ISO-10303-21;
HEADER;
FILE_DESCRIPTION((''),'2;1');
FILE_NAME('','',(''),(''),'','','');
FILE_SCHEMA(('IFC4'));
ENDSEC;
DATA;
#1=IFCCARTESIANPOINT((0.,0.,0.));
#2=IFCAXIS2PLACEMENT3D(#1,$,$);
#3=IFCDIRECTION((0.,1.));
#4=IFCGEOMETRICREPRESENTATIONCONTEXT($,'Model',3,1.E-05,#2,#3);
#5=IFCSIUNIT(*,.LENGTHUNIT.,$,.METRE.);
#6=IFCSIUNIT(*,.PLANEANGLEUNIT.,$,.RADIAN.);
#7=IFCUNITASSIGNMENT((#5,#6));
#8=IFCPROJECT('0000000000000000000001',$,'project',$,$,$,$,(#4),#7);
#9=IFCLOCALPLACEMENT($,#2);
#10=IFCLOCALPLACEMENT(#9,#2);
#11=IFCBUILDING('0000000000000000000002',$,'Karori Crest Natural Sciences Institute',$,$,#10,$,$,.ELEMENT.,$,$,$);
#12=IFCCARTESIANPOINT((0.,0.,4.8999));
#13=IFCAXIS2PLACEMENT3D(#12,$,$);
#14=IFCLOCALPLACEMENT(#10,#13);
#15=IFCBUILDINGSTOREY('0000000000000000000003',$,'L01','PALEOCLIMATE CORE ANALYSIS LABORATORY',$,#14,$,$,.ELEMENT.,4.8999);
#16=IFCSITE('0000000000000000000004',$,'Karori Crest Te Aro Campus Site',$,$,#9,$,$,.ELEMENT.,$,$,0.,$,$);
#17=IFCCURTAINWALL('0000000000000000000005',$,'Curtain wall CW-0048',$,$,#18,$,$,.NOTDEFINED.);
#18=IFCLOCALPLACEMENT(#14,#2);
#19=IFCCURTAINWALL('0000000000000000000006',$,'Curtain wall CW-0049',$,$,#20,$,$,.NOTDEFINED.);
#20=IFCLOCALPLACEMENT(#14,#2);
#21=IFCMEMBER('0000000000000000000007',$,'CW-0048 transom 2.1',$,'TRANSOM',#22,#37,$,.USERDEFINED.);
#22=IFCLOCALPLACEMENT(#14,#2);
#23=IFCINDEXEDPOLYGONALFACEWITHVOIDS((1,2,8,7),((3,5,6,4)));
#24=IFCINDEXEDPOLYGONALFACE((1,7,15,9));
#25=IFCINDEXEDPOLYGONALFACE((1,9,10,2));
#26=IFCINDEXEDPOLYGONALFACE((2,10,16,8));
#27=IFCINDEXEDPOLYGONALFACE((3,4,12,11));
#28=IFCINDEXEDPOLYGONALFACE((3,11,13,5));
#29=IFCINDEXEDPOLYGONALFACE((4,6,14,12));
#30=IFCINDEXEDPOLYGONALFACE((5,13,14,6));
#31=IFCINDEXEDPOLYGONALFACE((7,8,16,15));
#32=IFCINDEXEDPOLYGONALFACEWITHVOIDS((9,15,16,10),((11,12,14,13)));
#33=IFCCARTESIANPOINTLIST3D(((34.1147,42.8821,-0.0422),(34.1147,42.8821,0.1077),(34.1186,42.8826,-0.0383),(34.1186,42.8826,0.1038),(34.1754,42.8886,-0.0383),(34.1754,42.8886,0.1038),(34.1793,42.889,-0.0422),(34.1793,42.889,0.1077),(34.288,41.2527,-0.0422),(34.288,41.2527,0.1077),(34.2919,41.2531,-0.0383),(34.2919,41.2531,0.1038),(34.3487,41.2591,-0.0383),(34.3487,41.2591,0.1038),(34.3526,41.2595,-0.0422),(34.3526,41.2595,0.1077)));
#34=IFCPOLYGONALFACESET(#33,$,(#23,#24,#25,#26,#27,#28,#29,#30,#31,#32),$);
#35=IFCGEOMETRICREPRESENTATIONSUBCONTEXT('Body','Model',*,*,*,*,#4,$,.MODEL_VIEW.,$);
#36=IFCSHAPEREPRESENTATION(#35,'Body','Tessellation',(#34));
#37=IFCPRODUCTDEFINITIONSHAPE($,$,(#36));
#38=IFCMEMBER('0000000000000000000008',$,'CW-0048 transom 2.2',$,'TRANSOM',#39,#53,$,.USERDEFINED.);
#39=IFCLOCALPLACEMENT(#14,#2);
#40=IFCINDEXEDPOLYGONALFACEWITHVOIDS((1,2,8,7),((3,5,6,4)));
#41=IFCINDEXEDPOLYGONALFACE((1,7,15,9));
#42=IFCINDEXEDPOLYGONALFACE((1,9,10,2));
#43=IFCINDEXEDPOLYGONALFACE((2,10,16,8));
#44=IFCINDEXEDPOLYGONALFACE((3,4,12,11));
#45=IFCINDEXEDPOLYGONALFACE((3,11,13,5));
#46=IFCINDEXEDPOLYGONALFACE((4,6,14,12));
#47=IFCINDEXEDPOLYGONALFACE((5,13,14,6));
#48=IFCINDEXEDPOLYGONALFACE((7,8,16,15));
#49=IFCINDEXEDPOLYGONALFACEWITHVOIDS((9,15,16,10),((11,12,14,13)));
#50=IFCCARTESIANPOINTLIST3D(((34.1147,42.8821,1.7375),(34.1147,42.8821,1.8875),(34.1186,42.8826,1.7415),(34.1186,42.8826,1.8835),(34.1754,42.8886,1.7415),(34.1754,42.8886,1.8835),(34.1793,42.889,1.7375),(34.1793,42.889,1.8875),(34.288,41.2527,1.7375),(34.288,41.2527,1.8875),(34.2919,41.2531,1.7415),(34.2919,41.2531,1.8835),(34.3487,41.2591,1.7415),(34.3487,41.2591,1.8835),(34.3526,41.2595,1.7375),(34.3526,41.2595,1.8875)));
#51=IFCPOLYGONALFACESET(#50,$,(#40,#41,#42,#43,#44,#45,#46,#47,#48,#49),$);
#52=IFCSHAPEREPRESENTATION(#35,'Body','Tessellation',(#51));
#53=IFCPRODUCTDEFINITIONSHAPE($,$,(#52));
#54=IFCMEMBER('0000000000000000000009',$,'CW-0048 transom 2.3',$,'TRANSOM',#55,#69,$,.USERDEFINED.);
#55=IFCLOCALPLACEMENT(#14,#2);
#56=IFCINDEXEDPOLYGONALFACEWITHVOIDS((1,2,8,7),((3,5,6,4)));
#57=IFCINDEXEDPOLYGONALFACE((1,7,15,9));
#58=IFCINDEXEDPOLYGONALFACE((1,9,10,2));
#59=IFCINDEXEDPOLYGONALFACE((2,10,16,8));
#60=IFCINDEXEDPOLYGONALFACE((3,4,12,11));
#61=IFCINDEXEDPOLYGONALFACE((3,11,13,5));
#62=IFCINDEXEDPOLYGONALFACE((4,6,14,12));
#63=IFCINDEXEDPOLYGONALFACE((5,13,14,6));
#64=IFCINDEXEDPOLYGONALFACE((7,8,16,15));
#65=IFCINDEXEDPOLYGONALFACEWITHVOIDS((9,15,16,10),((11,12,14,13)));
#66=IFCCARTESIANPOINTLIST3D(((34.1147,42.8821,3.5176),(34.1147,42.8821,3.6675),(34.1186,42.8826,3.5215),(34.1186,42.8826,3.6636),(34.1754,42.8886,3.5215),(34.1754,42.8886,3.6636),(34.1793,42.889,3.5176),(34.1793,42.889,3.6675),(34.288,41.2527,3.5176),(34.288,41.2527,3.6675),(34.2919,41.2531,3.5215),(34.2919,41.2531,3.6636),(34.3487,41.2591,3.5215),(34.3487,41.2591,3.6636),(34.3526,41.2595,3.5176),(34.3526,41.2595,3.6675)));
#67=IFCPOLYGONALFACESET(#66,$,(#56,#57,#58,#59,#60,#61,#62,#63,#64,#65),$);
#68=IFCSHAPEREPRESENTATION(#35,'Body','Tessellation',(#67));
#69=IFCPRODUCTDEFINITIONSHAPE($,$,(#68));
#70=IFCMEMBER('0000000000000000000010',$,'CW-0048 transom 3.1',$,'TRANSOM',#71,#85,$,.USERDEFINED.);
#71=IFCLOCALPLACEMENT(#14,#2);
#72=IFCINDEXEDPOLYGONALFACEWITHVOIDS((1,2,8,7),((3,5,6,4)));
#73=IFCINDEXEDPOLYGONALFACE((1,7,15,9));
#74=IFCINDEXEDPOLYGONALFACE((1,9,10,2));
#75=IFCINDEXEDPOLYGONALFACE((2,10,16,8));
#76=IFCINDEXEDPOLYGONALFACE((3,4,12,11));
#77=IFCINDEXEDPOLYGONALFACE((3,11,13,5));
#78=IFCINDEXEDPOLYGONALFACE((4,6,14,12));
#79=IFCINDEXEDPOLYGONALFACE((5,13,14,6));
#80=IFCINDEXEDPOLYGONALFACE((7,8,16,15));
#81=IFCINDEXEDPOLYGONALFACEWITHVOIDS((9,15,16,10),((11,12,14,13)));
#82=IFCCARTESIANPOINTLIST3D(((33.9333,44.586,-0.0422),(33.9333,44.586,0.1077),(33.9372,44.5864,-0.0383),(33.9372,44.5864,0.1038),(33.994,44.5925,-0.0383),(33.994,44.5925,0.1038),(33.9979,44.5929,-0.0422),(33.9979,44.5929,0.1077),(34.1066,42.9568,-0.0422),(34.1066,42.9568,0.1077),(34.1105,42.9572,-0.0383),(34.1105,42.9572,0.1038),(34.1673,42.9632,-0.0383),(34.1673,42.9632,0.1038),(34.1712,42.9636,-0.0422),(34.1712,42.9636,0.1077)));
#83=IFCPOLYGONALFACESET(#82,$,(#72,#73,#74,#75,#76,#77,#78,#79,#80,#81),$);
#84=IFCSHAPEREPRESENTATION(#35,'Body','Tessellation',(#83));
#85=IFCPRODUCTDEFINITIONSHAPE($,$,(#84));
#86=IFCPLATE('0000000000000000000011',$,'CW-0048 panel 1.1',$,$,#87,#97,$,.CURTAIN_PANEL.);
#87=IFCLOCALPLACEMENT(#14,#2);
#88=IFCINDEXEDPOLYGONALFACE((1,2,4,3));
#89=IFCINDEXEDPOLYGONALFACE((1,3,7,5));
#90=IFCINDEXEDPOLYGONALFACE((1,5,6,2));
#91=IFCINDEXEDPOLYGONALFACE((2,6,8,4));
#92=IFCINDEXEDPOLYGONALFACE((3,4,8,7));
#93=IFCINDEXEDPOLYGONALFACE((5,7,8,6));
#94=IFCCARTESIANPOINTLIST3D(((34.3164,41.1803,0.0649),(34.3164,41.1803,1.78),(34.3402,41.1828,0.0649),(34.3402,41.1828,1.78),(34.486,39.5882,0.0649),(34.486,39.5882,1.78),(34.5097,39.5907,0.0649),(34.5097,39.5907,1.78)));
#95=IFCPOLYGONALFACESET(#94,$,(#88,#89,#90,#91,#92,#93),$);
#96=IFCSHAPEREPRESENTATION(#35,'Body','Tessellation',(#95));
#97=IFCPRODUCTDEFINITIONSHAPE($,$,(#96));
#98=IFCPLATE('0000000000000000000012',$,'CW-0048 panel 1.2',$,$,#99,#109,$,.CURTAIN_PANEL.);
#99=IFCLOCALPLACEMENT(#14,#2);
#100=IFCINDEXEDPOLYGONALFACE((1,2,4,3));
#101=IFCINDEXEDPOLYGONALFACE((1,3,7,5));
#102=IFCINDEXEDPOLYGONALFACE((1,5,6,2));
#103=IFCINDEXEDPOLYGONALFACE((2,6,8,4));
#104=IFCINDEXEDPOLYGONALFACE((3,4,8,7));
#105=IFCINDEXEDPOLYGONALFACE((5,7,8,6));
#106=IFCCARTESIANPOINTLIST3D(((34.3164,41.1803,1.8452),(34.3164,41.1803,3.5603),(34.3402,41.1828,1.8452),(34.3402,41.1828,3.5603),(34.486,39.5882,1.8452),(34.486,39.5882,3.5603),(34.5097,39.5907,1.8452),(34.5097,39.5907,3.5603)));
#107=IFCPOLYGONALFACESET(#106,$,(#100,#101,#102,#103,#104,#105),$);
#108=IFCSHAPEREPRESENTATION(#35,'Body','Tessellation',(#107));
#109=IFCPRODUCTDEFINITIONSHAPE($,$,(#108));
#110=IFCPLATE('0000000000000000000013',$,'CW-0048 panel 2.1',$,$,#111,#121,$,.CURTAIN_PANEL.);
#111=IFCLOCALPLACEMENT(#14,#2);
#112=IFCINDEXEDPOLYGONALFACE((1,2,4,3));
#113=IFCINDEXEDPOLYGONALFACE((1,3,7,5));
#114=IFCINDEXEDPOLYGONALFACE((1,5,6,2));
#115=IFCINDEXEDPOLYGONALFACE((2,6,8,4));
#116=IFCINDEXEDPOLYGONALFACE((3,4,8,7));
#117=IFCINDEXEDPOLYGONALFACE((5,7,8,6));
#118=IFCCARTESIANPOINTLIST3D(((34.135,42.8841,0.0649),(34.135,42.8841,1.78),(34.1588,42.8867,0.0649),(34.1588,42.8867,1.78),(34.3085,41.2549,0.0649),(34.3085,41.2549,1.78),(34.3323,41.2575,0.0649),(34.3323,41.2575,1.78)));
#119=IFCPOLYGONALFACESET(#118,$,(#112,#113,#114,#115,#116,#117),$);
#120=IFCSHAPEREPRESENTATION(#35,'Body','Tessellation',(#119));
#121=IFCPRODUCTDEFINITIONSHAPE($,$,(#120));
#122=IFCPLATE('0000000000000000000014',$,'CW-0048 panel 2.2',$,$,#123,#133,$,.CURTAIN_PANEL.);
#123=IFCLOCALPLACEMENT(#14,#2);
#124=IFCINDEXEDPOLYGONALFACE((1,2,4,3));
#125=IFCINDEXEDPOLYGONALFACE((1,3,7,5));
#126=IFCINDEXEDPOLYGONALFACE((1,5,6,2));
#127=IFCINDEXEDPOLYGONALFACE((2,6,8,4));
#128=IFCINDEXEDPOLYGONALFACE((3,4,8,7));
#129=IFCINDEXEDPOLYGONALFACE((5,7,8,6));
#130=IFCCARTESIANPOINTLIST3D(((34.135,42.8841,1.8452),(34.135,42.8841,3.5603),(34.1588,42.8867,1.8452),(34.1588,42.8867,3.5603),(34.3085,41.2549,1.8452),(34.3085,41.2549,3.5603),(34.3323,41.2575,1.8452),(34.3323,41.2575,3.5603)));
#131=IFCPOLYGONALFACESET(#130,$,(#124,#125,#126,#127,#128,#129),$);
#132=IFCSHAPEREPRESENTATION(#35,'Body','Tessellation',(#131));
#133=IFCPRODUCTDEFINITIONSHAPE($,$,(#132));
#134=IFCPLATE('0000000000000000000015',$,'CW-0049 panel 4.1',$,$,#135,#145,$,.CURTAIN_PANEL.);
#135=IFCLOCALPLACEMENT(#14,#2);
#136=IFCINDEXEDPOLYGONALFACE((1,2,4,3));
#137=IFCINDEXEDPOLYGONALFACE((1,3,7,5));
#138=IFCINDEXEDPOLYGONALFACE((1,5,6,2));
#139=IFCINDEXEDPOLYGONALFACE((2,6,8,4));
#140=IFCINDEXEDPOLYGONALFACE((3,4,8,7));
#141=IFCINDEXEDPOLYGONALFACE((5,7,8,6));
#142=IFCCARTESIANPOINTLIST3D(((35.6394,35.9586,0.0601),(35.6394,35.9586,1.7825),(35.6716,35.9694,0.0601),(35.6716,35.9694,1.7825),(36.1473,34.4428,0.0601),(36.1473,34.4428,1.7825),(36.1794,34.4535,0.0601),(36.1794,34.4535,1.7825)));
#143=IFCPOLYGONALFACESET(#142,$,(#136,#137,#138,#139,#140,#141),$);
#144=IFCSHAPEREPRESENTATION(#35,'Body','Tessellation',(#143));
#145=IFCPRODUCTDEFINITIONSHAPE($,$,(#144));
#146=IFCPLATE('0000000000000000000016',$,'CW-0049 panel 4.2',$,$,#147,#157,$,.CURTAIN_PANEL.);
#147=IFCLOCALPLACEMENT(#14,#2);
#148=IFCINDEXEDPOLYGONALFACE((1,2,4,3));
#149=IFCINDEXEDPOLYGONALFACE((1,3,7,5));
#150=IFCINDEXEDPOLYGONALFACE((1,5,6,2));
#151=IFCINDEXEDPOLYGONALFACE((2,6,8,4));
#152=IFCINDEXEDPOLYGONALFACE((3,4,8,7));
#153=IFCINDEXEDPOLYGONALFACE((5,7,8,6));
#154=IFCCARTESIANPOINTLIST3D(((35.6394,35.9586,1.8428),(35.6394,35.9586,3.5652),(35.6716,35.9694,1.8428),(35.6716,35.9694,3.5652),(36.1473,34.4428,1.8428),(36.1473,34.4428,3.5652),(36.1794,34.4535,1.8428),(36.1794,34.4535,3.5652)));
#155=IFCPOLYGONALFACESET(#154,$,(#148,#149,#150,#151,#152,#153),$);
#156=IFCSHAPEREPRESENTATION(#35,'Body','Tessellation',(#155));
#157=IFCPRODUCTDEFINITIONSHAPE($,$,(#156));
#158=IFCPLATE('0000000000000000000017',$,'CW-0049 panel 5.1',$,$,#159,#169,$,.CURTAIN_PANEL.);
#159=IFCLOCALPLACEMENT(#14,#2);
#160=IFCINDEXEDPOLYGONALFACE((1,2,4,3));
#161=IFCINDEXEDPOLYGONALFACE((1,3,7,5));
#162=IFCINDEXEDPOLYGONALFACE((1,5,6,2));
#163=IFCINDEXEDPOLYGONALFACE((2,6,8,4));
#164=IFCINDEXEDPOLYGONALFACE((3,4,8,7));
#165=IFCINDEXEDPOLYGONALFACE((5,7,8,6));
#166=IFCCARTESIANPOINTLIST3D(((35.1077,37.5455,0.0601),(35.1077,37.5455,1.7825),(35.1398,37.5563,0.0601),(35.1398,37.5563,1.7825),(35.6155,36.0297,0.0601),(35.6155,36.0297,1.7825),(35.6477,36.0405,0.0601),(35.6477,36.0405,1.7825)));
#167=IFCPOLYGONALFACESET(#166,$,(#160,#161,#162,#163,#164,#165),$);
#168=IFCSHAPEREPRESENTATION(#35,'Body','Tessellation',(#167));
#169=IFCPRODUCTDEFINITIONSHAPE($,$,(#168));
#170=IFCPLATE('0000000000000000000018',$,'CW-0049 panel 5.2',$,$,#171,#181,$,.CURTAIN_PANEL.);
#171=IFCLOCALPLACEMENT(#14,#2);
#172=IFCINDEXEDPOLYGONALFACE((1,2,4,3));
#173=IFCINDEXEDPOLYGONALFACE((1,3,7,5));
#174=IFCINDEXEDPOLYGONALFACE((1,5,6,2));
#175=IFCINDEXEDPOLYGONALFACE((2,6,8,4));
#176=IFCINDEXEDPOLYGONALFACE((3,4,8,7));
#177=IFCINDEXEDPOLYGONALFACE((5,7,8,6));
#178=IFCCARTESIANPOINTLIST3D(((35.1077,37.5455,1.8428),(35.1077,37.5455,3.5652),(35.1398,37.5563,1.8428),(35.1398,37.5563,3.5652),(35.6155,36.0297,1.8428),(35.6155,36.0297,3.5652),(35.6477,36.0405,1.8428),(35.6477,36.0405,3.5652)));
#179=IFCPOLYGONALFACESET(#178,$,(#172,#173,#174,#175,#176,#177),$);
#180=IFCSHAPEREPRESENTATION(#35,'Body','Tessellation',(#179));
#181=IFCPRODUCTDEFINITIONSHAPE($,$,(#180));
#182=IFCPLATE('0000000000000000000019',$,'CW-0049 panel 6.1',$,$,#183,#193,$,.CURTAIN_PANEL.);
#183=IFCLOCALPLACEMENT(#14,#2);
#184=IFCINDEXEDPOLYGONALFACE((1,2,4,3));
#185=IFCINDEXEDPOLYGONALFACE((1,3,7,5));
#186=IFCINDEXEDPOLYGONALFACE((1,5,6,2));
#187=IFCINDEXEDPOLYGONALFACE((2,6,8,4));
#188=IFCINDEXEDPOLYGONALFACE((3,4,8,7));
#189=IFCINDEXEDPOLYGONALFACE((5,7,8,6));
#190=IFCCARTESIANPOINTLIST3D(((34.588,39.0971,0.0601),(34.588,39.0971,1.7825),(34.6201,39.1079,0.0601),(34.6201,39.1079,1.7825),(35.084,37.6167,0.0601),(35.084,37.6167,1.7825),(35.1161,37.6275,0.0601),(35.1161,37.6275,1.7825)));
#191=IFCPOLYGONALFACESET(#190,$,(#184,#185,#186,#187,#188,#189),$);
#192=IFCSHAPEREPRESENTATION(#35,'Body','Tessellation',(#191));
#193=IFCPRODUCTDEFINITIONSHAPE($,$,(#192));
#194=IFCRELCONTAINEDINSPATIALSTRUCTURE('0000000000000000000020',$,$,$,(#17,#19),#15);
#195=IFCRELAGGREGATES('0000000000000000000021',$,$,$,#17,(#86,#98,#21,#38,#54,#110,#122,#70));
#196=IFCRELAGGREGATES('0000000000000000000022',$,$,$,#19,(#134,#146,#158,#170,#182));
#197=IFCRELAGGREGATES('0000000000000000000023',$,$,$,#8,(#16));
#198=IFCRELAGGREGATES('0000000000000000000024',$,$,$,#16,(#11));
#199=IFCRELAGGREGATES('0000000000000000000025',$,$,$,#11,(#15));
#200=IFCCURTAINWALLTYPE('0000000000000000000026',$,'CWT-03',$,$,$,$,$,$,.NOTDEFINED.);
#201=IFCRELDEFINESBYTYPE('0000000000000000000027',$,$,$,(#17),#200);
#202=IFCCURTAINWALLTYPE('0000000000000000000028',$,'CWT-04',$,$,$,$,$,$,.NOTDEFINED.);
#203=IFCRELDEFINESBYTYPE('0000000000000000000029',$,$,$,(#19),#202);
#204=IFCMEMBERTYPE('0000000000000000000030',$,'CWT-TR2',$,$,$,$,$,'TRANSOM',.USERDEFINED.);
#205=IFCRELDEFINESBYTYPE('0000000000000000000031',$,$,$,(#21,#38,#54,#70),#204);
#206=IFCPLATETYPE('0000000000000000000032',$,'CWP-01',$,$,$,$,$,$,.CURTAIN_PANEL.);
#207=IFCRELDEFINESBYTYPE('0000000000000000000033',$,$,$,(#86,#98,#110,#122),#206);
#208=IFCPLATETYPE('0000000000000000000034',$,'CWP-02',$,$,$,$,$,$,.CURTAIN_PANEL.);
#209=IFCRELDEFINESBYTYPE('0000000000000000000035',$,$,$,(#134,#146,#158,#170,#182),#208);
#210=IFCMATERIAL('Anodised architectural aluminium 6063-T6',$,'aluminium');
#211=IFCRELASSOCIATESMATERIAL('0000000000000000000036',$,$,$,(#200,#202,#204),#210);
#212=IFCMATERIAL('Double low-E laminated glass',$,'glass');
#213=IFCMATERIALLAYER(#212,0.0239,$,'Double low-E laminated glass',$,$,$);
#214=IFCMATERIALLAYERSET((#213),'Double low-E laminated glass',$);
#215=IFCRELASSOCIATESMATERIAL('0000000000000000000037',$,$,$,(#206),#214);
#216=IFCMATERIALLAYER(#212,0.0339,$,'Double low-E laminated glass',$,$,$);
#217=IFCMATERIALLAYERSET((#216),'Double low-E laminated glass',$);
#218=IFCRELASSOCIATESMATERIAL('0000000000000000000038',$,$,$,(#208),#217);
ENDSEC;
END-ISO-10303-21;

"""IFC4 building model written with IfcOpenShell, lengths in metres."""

from ifc_helpers import new_model, si_unit, direction, frame, origin, origin_2d, place, context, subcontext, project, spatial, rectangle, hollow_rectangle, extrude, material, layer, layer_set, material_profile, profile_set, type_object, element, aggregate, save


model = new_model("IFC4")

# Units and contexts
model_context = context("Model", 3, precision=1e-05, world=origin(), true_north=direction((0.0, 1.0)))
body_context = subcontext(model_context, "Body", "Model", "MODEL_VIEW")
ifc_project = project(units=[si_unit("LENGTHUNIT", "METRE"), si_unit("PLANEANGLEUNIT", "RADIAN")], contexts=[model_context])

# Site, building, storey
site_placement = place(None, origin())
site = spatial("IfcSite", under=ifc_project, at=site_placement, Name="Karori Crest Te Aro Campus Site", CompositionType="ELEMENT", RefElevation=0.0)
building_placement = place(site_placement, origin())
building = spatial("IfcBuilding", under=site, at=building_placement, Name="Karori Crest Natural Sciences Institute", CompositionType="ELEMENT")
storey_placement = place(building_placement, frame((0.0, 0.0, 4.8999)))
storey = spatial("IfcBuildingStorey", under=building, at=storey_placement, Name="L01", Description="PALEOCLIMATE CORE ANALYSIS LABORATORY", CompositionType="ELEMENT", Elevation=4.8999)

# Curtain walls
ifc_material_1 = material(Name="Anodised architectural aluminium 6063-T6", Category="aluminium")
curtain_wall_type_1 = type_object("IfcCurtainWallType", Name="CWT-03", PredefinedType="NOTDEFINED", material=ifc_material_1)
curtain_wall_1_placement = place(storey_placement, origin())
curtain_wall_1 = element("IfcCurtainWall", 1, at=curtain_wall_1_placement, inside=storey, type_object=curtain_wall_type_1, Name="Curtain wall CW-0048", PredefinedType="NOTDEFINED")
curtain_wall_type_2 = type_object("IfcCurtainWallType", Name="CWT-04", PredefinedType="NOTDEFINED", material=ifc_material_1)
curtain_wall_2_placement = place(storey_placement, origin())
curtain_wall_2 = element("IfcCurtainWall", 2, at=curtain_wall_2_placement, inside=storey, type_object=curtain_wall_type_2, Name="Curtain wall CW-0049", PredefinedType="NOTDEFINED")

# Members
ifc_material_profile_1 = material_profile(ifc_material_1, hollow_rectangle(XDim=0.0649, YDim=0.1499, WallThickness=0.0039, at=origin_2d()), Name="CWT150x65x4")
ifc_profile_set_1 = profile_set([ifc_material_profile_1], Name="Anodised architectural aluminium 6063-T6")
member_type_1 = type_object("IfcMemberType", Name="CWT-TR2", ElementType="TRANSOM", PredefinedType="USERDEFINED", material=ifc_profile_set_1)
member_1_placement = place(storey_placement, frame((34.3203, 41.2561, 0.0327), z_axis=(-0.105786, 0.994389, 0.0), x_axis=(-0.994389, -0.105786, 0.0)))
member_1 = element("IfcMember", 3, at=member_1_placement, type_object=member_type_1, Name="CW-0048 transom 2.1", ObjectType="TRANSOM", PredefinedType="USERDEFINED", context=body_context, shape_type="SweptSolid", body=[
    extrude(hollow_rectangle(XDim=0.0649, YDim=0.1499, WallThickness=0.0039, at=origin_2d()), origin(), (0.0, 0.0, 1.0), 1.6387),
])
member_2_placement = place(storey_placement, frame((34.3203, 41.2561, 1.8125), z_axis=(-0.105786, 0.994389, 0.0), x_axis=(-0.994389, -0.105786, 0.0)))
member_2 = element("IfcMember", 4, at=member_2_placement, type_object=member_type_1, Name="CW-0048 transom 2.2", ObjectType="TRANSOM", PredefinedType="USERDEFINED", context=body_context, shape_type="SweptSolid", body=[
    extrude(hollow_rectangle(XDim=0.0649, YDim=0.1499, WallThickness=0.0039, at=origin_2d()), origin(), (0.0, 0.0, 1.0), 1.6387),
])
member_3_placement = place(storey_placement, frame((34.3203, 41.2561, 3.5925), z_axis=(-0.105786, 0.994389, 0.0), x_axis=(-0.994389, -0.105786, 0.0)))
member_3 = element("IfcMember", 5, at=member_3_placement, type_object=member_type_1, Name="CW-0048 transom 2.3", ObjectType="TRANSOM", PredefinedType="USERDEFINED", context=body_context, shape_type="SweptSolid", body=[
    extrude(hollow_rectangle(XDim=0.0649, YDim=0.1499, WallThickness=0.0039, at=origin_2d()), origin(), (0.0, 0.0, 1.0), 1.6387),
])
member_4_placement = place(storey_placement, frame((34.1389, 42.9602, 0.0327), z_axis=(-0.105802, 0.994387, 0.0), x_axis=(-0.994387, -0.105802, 0.0)))
member_4 = element("IfcMember", 6, at=member_4_placement, type_object=member_type_1, Name="CW-0048 transom 3.1", ObjectType="TRANSOM", PredefinedType="USERDEFINED", context=body_context, shape_type="SweptSolid", body=[
    extrude(hollow_rectangle(XDim=0.0649, YDim=0.1499, WallThickness=0.0039, at=origin_2d()), origin(), (0.0, 0.0, 1.0), 1.6384),
])

# Plates
ifc_material_2 = material(Name="Double low-E laminated glass", Category="glass")
ifc_layer_1 = layer(ifc_material_2, 0.0239, Name="Double low-E laminated glass")
ifc_layer_set_1 = layer_set([ifc_layer_1], Name="Double low-E laminated glass")
plate_type_1 = type_object("IfcPlateType", Name="CWP-01", PredefinedType="CURTAIN_PANEL", material=ifc_layer_set_1)
plate_1_placement = place(storey_placement, frame((34.4131, 40.3855, 0.0649), z_axis=(0.0, 0.0, 1.0), x_axis=(-0.105882, 0.994379, 0.0)))
plate_1 = element("IfcPlate", 7, at=plate_1_placement, type_object=plate_type_1, Name="CW-0048 panel 1.1", PredefinedType="CURTAIN_PANEL", context=body_context, shape_type="SweptSolid", body=[
    extrude(rectangle(XDim=1.6011, YDim=0.0239, at=origin_2d()), origin(), (0.0, 0.0, 1.0), 1.7151),
])
plate_2_placement = place(storey_placement, frame((34.4131, 40.3855, 1.8452), z_axis=(0.0, 0.0, 1.0), x_axis=(-0.105882, 0.994379, 0.0)))
plate_2 = element("IfcPlate", 8, at=plate_2_placement, type_object=plate_type_1, Name="CW-0048 panel 1.2", PredefinedType="CURTAIN_PANEL", context=body_context, shape_type="SweptSolid", body=[
    extrude(rectangle(XDim=1.6011, YDim=0.0239, at=origin_2d()), origin(), (0.0, 0.0, 1.0), 1.7151),
])
plate_3_placement = place(storey_placement, frame((34.2336, 42.0708, 0.0649), z_axis=(0.0, 0.0, 1.0), x_axis=(-0.105882, 0.994379, 0.0)))
plate_3 = element("IfcPlate", 9, at=plate_3_placement, type_object=plate_type_1, Name="CW-0048 panel 2.1", PredefinedType="CURTAIN_PANEL", context=body_context, shape_type="SweptSolid", body=[
    extrude(rectangle(XDim=1.6384, YDim=0.0239, at=origin_2d()), origin(), (0.0, 0.0, 1.0), 1.7151),
])
plate_4_placement = place(storey_placement, frame((34.2336, 42.0708, 1.8452), z_axis=(0.0, 0.0, 1.0), x_axis=(-0.105882, 0.994379, 0.0)))
plate_4 = element("IfcPlate", 10, at=plate_4_placement, type_object=plate_type_1, Name="CW-0048 panel 2.2", PredefinedType="CURTAIN_PANEL", context=body_context, shape_type="SweptSolid", body=[
    extrude(rectangle(XDim=1.6384, YDim=0.0239, at=origin_2d()), origin(), (0.0, 0.0, 1.0), 1.7151),
])
aggregate(curtain_wall_1, [plate_1, plate_2, member_1, member_2, member_3, plate_3, plate_4, member_4])
ifc_layer_2 = layer(ifc_material_2, 0.0339, Name="Double low-E laminated glass")
ifc_layer_set_2 = layer_set([ifc_layer_2], Name="Double low-E laminated glass")
plate_type_2 = type_object("IfcPlateType", Name="CWP-02", PredefinedType="CURTAIN_PANEL", material=ifc_layer_set_2)
plate_5_placement = place(storey_placement, frame((35.9094, 35.2061, 0.0601), z_axis=(0.0, 0.0, 1.0), x_axis=(-0.317685, 0.948196, 0.0)))
plate_5 = element("IfcPlate", 11, at=plate_5_placement, type_object=plate_type_2, Name="CW-0049 panel 4.1", PredefinedType="CURTAIN_PANEL", context=body_context, shape_type="SweptSolid", body=[
    extrude(rectangle(XDim=1.5986, YDim=0.0339, at=origin_2d()), origin(), (0.0, 0.0, 1.0), 1.7224),
])
plate_6_placement = place(storey_placement, frame((35.9094, 35.2061, 1.8428), z_axis=(0.0, 0.0, 1.0), x_axis=(-0.317685, 0.948196, 0.0)))
plate_6 = element("IfcPlate", 12, at=plate_6_placement, type_object=plate_type_2, Name="CW-0049 panel 4.2", PredefinedType="CURTAIN_PANEL", context=body_context, shape_type="SweptSolid", body=[
    extrude(rectangle(XDim=1.5986, YDim=0.0339, at=origin_2d()), origin(), (0.0, 0.0, 1.0), 1.7224),
])
plate_7_placement = place(storey_placement, frame((35.3777, 36.793, 0.0601), z_axis=(0.0, 0.0, 1.0), x_axis=(-0.317685, 0.948196, 0.0)))
plate_7 = element("IfcPlate", 13, at=plate_7_placement, type_object=plate_type_2, Name="CW-0049 panel 5.1", PredefinedType="CURTAIN_PANEL", context=body_context, shape_type="SweptSolid", body=[
    extrude(rectangle(XDim=1.5986, YDim=0.0339, at=origin_2d()), origin(), (0.0, 0.0, 1.0), 1.7224),
])
plate_8_placement = place(storey_placement, frame((35.3777, 36.793, 1.8428), z_axis=(0.0, 0.0, 1.0), x_axis=(-0.317685, 0.948196, 0.0)))
plate_8 = element("IfcPlate", 14, at=plate_8_placement, type_object=plate_type_2, Name="CW-0049 panel 5.2", PredefinedType="CURTAIN_PANEL", context=body_context, shape_type="SweptSolid", body=[
    extrude(rectangle(XDim=1.5986, YDim=0.0339, at=origin_2d()), origin(), (0.0, 0.0, 1.0), 1.7224),
])
plate_9_placement = place(storey_placement, frame((34.8521, 38.3623, 0.0601), z_axis=(0.0, 0.0, 1.0), x_axis=(-0.317685, 0.948196, 0.0)))
plate_9 = element("IfcPlate", 15, at=plate_9_placement, type_object=plate_type_2, Name="CW-0049 panel 6.1", PredefinedType="CURTAIN_PANEL", context=body_context, shape_type="SweptSolid", body=[
    extrude(rectangle(XDim=1.5613, YDim=0.0339, at=origin_2d()), origin(), (0.0, 0.0, 1.0), 1.7224),
])
aggregate(curtain_wall_2, [plate_5, plate_6, plate_7, plate_8, plate_9])

save(model, "model.ifc")
